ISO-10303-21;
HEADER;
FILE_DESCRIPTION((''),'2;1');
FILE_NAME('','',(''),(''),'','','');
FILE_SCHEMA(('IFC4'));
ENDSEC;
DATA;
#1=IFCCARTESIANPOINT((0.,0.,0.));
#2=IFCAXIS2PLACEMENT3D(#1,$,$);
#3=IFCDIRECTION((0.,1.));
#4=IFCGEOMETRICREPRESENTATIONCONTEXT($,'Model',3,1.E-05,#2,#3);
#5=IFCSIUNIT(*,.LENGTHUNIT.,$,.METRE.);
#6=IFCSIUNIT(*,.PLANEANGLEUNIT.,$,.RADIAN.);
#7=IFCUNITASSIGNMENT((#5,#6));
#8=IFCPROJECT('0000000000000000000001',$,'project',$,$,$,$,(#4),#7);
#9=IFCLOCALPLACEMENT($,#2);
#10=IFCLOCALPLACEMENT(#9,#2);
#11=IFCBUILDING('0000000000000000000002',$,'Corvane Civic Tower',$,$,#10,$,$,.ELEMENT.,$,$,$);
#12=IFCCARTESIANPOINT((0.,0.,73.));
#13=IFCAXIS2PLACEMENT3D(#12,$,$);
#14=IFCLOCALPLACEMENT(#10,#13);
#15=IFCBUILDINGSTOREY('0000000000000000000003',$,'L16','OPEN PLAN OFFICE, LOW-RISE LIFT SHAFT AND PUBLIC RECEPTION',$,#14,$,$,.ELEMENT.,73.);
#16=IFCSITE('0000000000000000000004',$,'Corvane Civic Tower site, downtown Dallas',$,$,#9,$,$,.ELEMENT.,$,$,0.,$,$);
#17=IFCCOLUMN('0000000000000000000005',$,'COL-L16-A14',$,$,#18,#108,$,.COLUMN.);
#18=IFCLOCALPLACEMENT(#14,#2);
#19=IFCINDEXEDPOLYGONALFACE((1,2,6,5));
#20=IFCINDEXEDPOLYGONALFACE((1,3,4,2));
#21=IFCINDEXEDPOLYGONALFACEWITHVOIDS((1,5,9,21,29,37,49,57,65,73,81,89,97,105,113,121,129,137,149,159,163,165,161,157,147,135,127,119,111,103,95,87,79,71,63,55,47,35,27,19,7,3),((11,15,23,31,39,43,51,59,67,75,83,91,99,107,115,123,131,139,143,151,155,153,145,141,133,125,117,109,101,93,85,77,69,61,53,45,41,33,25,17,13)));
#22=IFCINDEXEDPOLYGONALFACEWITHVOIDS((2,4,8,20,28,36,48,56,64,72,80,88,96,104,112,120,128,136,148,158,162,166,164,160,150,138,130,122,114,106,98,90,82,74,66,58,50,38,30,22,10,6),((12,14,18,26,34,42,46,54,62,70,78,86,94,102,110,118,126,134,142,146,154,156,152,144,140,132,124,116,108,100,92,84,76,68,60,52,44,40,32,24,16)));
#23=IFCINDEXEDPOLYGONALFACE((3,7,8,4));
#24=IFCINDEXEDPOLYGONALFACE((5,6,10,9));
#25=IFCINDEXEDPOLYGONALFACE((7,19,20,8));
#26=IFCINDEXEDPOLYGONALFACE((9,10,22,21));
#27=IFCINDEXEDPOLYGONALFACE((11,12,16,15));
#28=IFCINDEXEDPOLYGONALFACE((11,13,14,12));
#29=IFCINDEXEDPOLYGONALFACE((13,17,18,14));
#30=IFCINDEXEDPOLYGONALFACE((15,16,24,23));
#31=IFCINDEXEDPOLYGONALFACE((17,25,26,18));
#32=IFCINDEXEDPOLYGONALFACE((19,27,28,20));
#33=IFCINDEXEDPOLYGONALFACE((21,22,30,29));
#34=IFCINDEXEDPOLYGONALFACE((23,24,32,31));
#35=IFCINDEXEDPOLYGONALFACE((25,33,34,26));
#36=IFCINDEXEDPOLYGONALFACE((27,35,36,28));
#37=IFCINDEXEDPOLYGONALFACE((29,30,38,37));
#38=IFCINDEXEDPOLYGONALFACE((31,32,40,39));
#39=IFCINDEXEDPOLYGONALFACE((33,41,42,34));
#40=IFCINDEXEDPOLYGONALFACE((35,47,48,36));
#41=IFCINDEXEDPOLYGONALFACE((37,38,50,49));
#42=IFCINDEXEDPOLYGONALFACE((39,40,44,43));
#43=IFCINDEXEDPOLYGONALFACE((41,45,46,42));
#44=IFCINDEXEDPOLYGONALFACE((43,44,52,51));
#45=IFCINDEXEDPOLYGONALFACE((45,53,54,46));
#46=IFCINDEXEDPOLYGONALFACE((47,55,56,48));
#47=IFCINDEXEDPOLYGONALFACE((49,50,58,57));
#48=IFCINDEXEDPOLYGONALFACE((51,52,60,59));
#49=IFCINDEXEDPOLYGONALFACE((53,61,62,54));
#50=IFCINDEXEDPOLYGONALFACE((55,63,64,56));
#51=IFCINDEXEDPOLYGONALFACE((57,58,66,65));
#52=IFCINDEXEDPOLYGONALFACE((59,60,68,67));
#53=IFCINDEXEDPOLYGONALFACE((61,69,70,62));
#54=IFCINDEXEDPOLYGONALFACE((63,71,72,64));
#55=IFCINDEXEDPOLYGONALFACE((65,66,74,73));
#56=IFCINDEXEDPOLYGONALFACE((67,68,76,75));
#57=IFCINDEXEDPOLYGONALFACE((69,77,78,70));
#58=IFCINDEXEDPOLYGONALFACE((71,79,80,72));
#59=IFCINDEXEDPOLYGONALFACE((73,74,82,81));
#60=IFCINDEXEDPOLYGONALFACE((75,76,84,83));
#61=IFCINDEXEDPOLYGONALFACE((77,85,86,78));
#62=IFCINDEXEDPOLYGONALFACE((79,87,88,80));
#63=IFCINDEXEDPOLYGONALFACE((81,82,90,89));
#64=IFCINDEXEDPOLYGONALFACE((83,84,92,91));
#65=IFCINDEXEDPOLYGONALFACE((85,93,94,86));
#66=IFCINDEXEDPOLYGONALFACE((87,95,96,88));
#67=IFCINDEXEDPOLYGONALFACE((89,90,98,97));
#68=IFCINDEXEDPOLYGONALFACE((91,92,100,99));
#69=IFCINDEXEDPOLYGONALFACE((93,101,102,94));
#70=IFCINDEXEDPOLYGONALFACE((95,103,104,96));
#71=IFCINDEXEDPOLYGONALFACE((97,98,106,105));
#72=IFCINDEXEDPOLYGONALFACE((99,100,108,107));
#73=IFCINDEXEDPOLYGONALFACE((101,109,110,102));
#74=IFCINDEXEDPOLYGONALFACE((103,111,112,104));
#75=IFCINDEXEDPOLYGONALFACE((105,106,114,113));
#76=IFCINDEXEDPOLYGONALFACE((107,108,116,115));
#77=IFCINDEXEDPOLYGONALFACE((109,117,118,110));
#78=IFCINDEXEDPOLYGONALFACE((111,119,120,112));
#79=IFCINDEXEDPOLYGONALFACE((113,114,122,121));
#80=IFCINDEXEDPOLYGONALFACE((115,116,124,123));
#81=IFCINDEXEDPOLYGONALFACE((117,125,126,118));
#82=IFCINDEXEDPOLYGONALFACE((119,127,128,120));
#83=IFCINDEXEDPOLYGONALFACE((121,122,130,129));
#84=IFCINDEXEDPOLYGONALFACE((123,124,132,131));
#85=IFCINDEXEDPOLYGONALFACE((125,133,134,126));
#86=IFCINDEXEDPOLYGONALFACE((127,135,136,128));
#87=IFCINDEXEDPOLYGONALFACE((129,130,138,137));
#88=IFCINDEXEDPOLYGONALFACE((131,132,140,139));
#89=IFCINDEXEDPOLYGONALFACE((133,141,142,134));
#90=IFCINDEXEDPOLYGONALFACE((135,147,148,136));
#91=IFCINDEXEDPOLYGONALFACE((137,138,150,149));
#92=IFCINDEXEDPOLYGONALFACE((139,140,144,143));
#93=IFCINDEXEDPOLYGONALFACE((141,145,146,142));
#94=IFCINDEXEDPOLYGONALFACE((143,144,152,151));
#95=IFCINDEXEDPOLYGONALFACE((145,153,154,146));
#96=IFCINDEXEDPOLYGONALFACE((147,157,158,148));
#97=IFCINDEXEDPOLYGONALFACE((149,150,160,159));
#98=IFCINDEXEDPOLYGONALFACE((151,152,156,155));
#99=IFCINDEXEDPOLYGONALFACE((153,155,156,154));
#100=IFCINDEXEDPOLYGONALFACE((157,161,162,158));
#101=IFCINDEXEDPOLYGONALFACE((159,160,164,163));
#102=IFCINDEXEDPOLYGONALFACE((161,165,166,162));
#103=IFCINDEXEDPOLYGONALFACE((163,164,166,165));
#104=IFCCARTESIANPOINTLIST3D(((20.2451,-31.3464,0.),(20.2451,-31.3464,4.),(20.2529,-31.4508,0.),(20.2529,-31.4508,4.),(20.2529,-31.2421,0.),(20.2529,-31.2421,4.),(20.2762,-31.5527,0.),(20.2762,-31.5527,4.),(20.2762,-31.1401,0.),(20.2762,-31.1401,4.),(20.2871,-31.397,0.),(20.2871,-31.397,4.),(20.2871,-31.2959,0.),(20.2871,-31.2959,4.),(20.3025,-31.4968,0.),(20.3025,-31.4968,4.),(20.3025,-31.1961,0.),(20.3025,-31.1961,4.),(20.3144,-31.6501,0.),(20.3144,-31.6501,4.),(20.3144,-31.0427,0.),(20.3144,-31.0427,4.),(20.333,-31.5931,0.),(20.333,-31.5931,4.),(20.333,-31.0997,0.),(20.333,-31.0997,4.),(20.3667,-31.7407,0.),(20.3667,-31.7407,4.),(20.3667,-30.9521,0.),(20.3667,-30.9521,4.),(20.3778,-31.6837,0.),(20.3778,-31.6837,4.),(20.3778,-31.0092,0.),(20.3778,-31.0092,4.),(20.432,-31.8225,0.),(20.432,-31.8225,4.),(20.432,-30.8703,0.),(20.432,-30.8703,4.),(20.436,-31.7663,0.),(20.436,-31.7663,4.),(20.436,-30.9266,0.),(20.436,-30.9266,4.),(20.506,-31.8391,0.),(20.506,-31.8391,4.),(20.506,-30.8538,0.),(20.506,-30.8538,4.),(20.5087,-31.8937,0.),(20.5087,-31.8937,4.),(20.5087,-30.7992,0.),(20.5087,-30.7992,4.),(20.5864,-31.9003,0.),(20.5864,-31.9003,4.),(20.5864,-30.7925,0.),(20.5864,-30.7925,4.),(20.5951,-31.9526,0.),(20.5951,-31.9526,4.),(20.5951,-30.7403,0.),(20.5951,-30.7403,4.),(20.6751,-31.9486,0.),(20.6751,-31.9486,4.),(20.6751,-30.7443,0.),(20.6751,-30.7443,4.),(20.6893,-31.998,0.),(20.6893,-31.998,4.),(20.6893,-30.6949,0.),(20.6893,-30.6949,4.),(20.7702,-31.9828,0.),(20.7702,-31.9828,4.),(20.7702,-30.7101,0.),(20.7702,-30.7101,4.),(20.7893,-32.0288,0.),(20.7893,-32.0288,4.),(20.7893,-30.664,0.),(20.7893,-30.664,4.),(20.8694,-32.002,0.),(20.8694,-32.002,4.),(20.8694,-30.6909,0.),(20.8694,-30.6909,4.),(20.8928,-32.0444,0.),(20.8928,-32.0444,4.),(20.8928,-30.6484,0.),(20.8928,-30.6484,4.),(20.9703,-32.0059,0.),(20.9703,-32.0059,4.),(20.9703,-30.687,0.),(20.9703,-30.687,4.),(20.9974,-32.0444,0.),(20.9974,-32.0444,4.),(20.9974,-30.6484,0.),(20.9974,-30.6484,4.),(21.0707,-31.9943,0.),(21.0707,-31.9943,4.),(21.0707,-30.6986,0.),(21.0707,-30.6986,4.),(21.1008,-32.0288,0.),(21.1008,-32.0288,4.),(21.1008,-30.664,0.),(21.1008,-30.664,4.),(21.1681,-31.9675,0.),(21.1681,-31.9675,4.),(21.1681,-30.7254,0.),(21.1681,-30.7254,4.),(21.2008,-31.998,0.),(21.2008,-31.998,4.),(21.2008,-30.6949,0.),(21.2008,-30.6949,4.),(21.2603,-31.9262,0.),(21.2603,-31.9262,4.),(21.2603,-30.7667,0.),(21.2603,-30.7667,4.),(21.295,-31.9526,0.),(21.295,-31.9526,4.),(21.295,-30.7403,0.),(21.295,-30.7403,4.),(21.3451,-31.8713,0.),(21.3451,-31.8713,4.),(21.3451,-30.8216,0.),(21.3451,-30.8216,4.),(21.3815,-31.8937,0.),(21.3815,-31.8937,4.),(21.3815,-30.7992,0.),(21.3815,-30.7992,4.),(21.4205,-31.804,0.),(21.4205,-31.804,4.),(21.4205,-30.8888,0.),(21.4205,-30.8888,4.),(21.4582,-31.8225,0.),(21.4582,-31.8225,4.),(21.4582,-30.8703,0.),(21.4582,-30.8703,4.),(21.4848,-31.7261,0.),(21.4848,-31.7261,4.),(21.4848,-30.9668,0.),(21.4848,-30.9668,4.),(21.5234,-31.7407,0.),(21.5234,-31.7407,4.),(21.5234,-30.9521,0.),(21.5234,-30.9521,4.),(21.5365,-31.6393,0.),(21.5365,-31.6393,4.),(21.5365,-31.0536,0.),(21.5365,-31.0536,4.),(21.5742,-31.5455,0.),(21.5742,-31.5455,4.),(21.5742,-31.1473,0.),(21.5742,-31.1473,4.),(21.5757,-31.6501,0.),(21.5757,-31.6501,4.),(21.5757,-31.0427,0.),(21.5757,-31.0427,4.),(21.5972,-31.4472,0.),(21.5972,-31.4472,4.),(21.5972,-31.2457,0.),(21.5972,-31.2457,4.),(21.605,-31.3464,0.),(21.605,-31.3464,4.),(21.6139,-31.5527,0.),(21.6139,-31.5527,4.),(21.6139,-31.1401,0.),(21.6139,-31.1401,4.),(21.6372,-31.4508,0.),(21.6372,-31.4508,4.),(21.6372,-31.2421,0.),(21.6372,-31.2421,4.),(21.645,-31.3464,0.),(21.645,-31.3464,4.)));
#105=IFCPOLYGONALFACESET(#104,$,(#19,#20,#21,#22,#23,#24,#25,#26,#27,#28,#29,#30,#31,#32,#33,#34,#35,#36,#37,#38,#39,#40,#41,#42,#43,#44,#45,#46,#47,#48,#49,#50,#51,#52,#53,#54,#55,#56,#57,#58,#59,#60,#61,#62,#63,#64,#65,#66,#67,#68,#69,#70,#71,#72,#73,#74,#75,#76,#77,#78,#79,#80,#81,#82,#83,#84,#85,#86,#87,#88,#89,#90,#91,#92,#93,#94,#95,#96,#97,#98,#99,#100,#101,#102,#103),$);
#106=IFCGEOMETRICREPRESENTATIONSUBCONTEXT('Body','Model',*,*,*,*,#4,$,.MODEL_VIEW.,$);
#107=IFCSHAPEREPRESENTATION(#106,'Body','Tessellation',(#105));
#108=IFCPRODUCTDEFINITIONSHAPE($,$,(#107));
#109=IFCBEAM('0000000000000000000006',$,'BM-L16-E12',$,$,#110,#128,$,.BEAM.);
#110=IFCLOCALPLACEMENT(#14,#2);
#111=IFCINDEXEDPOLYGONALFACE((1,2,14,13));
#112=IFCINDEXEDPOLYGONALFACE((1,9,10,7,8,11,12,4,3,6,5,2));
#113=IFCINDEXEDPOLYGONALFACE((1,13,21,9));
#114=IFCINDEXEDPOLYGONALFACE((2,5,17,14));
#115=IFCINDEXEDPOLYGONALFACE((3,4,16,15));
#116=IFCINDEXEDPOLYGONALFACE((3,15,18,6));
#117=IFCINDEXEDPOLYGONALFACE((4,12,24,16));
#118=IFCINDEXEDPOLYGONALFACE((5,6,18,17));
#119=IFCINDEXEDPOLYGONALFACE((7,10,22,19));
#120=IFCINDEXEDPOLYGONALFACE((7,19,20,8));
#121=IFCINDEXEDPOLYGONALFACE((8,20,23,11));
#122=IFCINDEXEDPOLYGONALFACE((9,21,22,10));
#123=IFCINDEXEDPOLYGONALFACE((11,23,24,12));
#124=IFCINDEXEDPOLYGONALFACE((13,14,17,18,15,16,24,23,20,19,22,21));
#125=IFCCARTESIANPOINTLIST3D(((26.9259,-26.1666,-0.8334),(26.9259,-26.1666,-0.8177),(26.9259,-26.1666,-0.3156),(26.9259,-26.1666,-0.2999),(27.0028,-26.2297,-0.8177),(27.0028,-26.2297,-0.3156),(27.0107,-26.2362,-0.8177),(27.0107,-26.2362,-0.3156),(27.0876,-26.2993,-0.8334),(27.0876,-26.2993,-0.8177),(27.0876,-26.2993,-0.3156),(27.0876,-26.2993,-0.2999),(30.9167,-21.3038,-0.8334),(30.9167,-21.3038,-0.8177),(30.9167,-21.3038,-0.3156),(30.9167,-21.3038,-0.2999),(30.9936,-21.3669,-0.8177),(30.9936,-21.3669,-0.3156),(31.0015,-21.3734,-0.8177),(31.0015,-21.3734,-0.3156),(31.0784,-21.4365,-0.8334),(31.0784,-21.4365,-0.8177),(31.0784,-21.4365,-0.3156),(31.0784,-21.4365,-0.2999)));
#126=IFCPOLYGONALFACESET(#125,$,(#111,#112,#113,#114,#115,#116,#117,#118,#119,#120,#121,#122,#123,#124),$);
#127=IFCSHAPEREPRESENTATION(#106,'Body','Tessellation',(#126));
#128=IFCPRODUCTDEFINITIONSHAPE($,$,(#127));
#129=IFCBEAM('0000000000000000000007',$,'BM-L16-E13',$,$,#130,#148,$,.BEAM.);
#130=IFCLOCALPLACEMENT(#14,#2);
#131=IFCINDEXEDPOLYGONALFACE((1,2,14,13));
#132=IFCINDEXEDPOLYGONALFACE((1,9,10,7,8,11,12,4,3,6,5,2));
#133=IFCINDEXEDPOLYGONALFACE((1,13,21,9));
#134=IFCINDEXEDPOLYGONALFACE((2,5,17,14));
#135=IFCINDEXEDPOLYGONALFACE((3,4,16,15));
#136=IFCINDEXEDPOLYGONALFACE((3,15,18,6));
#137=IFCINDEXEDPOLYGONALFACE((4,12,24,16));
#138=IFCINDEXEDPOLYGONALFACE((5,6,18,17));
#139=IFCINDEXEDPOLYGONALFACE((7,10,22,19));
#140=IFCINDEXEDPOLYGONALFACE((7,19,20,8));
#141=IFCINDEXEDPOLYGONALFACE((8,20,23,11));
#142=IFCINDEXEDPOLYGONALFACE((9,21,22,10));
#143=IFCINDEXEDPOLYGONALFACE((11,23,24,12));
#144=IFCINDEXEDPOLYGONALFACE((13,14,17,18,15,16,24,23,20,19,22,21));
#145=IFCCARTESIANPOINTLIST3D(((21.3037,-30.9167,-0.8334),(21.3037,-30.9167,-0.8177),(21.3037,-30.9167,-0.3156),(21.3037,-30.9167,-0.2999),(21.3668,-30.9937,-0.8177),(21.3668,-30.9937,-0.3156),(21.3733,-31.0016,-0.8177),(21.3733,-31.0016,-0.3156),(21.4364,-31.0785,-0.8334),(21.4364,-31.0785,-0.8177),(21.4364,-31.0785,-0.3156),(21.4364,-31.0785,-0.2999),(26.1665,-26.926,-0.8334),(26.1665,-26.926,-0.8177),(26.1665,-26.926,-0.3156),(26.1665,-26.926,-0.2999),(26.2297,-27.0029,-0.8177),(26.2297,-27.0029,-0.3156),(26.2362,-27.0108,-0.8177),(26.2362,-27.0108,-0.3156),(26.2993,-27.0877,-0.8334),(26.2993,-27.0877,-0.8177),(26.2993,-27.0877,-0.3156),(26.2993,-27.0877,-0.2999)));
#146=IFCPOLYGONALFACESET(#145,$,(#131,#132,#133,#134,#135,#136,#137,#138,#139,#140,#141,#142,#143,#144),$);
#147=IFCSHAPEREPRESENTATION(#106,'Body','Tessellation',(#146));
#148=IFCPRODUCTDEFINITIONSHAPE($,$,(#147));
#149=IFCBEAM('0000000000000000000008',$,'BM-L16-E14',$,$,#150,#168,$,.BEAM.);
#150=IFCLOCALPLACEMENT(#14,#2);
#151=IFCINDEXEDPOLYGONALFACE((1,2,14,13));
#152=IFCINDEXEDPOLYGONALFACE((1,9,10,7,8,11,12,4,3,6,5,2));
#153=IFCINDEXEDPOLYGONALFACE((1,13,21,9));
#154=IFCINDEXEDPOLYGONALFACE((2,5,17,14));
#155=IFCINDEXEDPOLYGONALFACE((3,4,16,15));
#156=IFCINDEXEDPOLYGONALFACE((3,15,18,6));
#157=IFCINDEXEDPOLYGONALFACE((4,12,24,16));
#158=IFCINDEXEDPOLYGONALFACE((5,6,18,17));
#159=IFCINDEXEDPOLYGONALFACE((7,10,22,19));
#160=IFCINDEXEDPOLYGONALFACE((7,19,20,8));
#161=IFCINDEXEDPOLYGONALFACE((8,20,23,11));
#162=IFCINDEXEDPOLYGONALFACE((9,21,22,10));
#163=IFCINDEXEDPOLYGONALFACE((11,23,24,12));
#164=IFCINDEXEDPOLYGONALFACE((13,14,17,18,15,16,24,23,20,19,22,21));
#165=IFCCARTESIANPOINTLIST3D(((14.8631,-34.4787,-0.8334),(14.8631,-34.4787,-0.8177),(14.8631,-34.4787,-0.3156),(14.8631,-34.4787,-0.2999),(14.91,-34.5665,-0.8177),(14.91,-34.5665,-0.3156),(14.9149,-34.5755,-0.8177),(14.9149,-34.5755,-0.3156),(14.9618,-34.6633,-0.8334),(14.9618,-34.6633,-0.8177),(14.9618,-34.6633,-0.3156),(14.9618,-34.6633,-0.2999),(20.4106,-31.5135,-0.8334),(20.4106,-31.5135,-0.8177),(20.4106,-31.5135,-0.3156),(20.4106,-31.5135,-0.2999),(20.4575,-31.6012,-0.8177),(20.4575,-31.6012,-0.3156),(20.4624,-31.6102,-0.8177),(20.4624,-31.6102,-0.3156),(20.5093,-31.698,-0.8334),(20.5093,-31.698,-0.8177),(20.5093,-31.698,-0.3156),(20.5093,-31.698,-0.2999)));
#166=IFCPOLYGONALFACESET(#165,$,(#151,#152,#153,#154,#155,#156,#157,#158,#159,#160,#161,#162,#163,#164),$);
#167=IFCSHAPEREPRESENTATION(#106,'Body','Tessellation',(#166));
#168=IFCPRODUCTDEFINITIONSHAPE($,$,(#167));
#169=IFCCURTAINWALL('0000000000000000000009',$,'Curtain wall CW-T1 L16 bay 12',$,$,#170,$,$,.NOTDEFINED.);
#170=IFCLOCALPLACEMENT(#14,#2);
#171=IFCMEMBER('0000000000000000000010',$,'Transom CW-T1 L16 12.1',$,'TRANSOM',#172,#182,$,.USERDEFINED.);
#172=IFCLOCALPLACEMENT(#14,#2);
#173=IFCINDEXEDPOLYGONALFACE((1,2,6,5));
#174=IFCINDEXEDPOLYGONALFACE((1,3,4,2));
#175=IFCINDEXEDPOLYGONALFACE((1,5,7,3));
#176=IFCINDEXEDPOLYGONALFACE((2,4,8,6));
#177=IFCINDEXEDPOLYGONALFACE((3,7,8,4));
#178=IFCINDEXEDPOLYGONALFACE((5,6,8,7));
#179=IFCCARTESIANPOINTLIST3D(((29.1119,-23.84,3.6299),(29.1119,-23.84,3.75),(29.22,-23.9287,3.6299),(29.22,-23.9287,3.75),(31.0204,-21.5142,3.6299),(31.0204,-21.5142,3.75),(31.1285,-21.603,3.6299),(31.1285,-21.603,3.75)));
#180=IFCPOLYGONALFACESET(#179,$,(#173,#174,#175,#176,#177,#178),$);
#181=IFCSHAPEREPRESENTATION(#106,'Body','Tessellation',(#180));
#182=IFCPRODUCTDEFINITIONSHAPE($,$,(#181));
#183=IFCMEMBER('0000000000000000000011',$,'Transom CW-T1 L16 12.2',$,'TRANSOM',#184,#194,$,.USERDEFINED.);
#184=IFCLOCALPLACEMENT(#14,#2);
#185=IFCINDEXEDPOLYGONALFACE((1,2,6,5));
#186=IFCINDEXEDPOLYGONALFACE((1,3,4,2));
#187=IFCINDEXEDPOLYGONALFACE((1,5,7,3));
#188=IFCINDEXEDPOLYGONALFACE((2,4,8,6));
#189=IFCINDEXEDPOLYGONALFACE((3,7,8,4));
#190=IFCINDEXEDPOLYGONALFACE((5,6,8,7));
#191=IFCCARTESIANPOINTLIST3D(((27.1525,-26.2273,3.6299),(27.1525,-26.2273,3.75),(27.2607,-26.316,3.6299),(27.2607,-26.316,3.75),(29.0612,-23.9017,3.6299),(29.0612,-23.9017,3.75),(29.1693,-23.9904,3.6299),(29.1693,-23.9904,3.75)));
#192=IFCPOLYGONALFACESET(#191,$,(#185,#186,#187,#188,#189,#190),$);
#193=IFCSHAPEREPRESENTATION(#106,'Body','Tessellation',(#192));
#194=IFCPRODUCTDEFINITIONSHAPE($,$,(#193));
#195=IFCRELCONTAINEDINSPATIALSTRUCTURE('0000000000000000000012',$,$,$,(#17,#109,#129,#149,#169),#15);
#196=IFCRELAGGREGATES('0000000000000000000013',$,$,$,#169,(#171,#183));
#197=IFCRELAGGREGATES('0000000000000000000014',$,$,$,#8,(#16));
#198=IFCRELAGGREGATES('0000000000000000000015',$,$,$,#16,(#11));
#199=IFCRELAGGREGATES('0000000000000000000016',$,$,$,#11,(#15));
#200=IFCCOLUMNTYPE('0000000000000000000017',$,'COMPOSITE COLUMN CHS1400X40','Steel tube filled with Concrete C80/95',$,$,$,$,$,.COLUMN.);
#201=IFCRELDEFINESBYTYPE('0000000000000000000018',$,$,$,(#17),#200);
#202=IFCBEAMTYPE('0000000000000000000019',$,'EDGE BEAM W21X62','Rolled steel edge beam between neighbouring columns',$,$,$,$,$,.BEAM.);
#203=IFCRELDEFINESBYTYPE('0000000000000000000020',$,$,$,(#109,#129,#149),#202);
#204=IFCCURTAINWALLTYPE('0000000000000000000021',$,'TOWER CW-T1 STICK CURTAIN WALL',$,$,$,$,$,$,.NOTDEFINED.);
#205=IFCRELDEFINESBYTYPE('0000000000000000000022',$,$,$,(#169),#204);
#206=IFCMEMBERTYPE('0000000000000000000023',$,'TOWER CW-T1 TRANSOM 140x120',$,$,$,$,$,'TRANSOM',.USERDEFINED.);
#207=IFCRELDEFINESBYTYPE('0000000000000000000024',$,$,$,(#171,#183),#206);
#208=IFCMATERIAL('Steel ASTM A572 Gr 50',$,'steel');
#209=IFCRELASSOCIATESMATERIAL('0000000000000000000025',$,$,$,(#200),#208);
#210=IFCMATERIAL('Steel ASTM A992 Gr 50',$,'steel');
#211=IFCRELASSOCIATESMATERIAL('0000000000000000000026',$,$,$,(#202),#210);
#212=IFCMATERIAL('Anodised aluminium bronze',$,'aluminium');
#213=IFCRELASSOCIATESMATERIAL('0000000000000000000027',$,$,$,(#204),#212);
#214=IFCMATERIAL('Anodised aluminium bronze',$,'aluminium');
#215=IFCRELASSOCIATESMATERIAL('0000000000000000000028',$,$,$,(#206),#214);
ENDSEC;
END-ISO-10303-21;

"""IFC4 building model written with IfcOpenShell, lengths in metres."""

from ifc_helpers import new_model, si_unit, direction, frame, origin, origin_2d, place, context, subcontext, project, spatial, rectangle, hollow_circle, i_section, extrude, material, material_profile, profile_set, type_object, element, aggregate, save


model = new_model("IFC4")

# Units and contexts
model_context = context("Model", 3, precision=1e-05, world=origin(), true_north=direction((0.0, 1.0)))
body_context = subcontext(model_context, "Body", "Model", "MODEL_VIEW")
ifc_project = project(units=[si_unit("LENGTHUNIT", "METRE"), si_unit("PLANEANGLEUNIT", "RADIAN")], contexts=[model_context])

# Site, building, storey
site_placement = place(None, origin())
site = spatial("IfcSite", under=ifc_project, at=site_placement, Name="Corvane Civic Tower site, downtown Dallas", CompositionType="ELEMENT", RefElevation=0.0)
building_placement = place(site_placement, origin())
building = spatial("IfcBuilding", under=site, at=building_placement, Name="Corvane Civic Tower", CompositionType="ELEMENT")
storey_placement = place(building_placement, frame((0.0, 0.0, 73.0)))
storey = spatial("IfcBuildingStorey", under=building, at=storey_placement, Name="L16", Description="OPEN PLAN OFFICE, LOW-RISE LIFT SHAFT AND PUBLIC RECEPTION", CompositionType="ELEMENT", Elevation=73.0)

# Column
ifc_material_1 = material(Name="Steel ASTM A572 Gr 50", Category="steel")
ifc_material_profile_1 = material_profile(ifc_material_1, hollow_circle(Radius=0.7, WallThickness=0.04, at=origin_2d()), Name="CHS1400X40")
ifc_profile_set_1 = profile_set([ifc_material_profile_1], Name="Steel ASTM A572 Gr 50")
column_type = type_object("IfcColumnType", Name="COMPOSITE COLUMN CHS1400X40", Description="Steel tube filled with Concrete C80/95", PredefinedType="COLUMN", material=ifc_profile_set_1)
for number, where, z_axis, x_axis, name in (
    (1, (20.9451, -31.3464, 0.0), (0.0, 0.0, 1.0), (1.0, 0.0, 0.0), "COL-L16-A14"),
):
    element("IfcColumn", number, at=place(storey_placement, frame(where, z_axis=z_axis, x_axis=x_axis)), inside=storey, type_object=column_type, Name=name, PredefinedType="COLUMN", context=body_context, shape_type="SweptSolid", body=[
        extrude(hollow_circle(Radius=0.7, WallThickness=0.04, at=origin_2d()), origin(), (0.0, 0.0, 1.0), 4.0),
    ])

# Beams
ifc_material_2 = material(Name="Steel ASTM A992 Gr 50", Category="steel")
ifc_material_profile_2 = material_profile(ifc_material_2, i_section(OverallWidth=0.2092, OverallDepth=0.5334, WebThickness=0.0103, FlangeThickness=0.0156, at=origin_2d()), Name="W21X62")
ifc_profile_set_2 = profile_set([ifc_material_profile_2], Name="Steel ASTM A992 Gr 50")
beam_type = type_object("IfcBeamType", Name="EDGE BEAM W21X62", Description="Rolled steel edge beam between neighbouring columns", PredefinedType="BEAM", material=ifc_profile_set_2)
for number, where, z_axis, x_axis, name in (
    (2, (30.9976, -21.3701, -0.5667), (-0.634387, -0.773016, 0.0), (0.773016, -0.634387, 0.0), "BM-L16-E12"),
    (3, (26.2329, -27.0068, -0.5667), (-0.773016, -0.634387, 0.0), (0.634387, -0.773016, 0.0), "BM-L16-E13"),
):
    element("IfcBeam", number, at=place(storey_placement, frame(where, z_axis=z_axis, x_axis=x_axis)), inside=storey, type_object=beam_type, Name=name, PredefinedType="BEAM", context=body_context, shape_type="SweptSolid", body=[
        extrude(i_section(OverallWidth=0.2092, OverallDepth=0.5334, WebThickness=0.0103, FlangeThickness=0.0156, at=origin_2d()), origin(), (0.0, 0.0, 1.0), 6.2908),
    ])
beam_placement = place(storey_placement, frame((20.46, -31.6057, -0.5667), z_axis=(-0.881916, -0.471406, 0.0), x_axis=(0.471406, -0.881916, 0.0)))
element("IfcBeam", 4, at=beam_placement, inside=storey, type_object=beam_type, Name="BM-L16-E14", PredefinedType="BEAM", context=body_context, shape_type="SweptSolid", body=[
    extrude(i_section(OverallWidth=0.2092, OverallDepth=0.5334, WebThickness=0.0103, FlangeThickness=0.0156, at=origin_2d()), origin(), (0.0, 0.0, 1.0), 6.2903),
])

# Curtain wall, members
ifc_material_3 = material(Name="Anodised aluminium bronze", Category="aluminium")
curtain_wall_type = type_object("IfcCurtainWallType", Name="TOWER CW-T1 STICK CURTAIN WALL", PredefinedType="NOTDEFINED", material=ifc_material_3)
curtain_wall_1_placement = place(storey_placement, origin())
curtain_wall_1 = element("IfcCurtainWall", 5, at=curtain_wall_1_placement, inside=storey, type_object=curtain_wall_type, Name="Curtain wall CW-T1 L16 bay 12", PredefinedType="NOTDEFINED")
ifc_material_4 = material(Name="Anodised aluminium bronze", Category="aluminium")
ifc_material_profile_3 = material_profile(ifc_material_4, rectangle(XDim=0.1399, YDim=0.1201, at=origin_2d()), Name="TOWER CW-T1 TRANSOM 140x120")
ifc_profile_set_3 = profile_set([ifc_material_profile_3], Name="Anodised aluminium bronze")
member_type_1 = type_object("IfcMemberType", Name="TOWER CW-T1 TRANSOM 140x120", ElementType="TRANSOM", PredefinedType="USERDEFINED", material=ifc_profile_set_3)
member_1_placement = place(storey_placement, frame((31.0745, -21.5586, 3.6899), z_axis=(-0.634355, -0.773042, 0.0), x_axis=(0.773042, -0.634355, 0.0)))
member_1 = element("IfcMember", 6, at=member_1_placement, type_object=member_type_1, Name="Transom CW-T1 L16 12.1", ObjectType="TRANSOM", PredefinedType="USERDEFINED", context=body_context, shape_type="SweptSolid", body=[
    extrude(rectangle(XDim=0.1399, YDim=0.1201, at=origin_2d()), origin(), (0.0, 0.0, 1.0), 3.0085),
])
member_2_placement = place(storey_placement, frame((29.1152, -23.946, 3.6899), z_axis=(-0.634404, -0.773002, 0.0), x_axis=(0.773002, -0.634404, 0.0)))
member_2 = element("IfcMember", 7, at=member_2_placement, type_object=member_type_1, Name="Transom CW-T1 L16 12.2", ObjectType="TRANSOM", PredefinedType="USERDEFINED", context=body_context, shape_type="SweptSolid", body=[
    extrude(rectangle(XDim=0.1399, YDim=0.1201, at=origin_2d()), origin(), (0.0, 0.0, 1.0), 3.0085),
])

aggregate(curtain_wall_1, [member_1, member_2])

save(model, "model.ifc")
